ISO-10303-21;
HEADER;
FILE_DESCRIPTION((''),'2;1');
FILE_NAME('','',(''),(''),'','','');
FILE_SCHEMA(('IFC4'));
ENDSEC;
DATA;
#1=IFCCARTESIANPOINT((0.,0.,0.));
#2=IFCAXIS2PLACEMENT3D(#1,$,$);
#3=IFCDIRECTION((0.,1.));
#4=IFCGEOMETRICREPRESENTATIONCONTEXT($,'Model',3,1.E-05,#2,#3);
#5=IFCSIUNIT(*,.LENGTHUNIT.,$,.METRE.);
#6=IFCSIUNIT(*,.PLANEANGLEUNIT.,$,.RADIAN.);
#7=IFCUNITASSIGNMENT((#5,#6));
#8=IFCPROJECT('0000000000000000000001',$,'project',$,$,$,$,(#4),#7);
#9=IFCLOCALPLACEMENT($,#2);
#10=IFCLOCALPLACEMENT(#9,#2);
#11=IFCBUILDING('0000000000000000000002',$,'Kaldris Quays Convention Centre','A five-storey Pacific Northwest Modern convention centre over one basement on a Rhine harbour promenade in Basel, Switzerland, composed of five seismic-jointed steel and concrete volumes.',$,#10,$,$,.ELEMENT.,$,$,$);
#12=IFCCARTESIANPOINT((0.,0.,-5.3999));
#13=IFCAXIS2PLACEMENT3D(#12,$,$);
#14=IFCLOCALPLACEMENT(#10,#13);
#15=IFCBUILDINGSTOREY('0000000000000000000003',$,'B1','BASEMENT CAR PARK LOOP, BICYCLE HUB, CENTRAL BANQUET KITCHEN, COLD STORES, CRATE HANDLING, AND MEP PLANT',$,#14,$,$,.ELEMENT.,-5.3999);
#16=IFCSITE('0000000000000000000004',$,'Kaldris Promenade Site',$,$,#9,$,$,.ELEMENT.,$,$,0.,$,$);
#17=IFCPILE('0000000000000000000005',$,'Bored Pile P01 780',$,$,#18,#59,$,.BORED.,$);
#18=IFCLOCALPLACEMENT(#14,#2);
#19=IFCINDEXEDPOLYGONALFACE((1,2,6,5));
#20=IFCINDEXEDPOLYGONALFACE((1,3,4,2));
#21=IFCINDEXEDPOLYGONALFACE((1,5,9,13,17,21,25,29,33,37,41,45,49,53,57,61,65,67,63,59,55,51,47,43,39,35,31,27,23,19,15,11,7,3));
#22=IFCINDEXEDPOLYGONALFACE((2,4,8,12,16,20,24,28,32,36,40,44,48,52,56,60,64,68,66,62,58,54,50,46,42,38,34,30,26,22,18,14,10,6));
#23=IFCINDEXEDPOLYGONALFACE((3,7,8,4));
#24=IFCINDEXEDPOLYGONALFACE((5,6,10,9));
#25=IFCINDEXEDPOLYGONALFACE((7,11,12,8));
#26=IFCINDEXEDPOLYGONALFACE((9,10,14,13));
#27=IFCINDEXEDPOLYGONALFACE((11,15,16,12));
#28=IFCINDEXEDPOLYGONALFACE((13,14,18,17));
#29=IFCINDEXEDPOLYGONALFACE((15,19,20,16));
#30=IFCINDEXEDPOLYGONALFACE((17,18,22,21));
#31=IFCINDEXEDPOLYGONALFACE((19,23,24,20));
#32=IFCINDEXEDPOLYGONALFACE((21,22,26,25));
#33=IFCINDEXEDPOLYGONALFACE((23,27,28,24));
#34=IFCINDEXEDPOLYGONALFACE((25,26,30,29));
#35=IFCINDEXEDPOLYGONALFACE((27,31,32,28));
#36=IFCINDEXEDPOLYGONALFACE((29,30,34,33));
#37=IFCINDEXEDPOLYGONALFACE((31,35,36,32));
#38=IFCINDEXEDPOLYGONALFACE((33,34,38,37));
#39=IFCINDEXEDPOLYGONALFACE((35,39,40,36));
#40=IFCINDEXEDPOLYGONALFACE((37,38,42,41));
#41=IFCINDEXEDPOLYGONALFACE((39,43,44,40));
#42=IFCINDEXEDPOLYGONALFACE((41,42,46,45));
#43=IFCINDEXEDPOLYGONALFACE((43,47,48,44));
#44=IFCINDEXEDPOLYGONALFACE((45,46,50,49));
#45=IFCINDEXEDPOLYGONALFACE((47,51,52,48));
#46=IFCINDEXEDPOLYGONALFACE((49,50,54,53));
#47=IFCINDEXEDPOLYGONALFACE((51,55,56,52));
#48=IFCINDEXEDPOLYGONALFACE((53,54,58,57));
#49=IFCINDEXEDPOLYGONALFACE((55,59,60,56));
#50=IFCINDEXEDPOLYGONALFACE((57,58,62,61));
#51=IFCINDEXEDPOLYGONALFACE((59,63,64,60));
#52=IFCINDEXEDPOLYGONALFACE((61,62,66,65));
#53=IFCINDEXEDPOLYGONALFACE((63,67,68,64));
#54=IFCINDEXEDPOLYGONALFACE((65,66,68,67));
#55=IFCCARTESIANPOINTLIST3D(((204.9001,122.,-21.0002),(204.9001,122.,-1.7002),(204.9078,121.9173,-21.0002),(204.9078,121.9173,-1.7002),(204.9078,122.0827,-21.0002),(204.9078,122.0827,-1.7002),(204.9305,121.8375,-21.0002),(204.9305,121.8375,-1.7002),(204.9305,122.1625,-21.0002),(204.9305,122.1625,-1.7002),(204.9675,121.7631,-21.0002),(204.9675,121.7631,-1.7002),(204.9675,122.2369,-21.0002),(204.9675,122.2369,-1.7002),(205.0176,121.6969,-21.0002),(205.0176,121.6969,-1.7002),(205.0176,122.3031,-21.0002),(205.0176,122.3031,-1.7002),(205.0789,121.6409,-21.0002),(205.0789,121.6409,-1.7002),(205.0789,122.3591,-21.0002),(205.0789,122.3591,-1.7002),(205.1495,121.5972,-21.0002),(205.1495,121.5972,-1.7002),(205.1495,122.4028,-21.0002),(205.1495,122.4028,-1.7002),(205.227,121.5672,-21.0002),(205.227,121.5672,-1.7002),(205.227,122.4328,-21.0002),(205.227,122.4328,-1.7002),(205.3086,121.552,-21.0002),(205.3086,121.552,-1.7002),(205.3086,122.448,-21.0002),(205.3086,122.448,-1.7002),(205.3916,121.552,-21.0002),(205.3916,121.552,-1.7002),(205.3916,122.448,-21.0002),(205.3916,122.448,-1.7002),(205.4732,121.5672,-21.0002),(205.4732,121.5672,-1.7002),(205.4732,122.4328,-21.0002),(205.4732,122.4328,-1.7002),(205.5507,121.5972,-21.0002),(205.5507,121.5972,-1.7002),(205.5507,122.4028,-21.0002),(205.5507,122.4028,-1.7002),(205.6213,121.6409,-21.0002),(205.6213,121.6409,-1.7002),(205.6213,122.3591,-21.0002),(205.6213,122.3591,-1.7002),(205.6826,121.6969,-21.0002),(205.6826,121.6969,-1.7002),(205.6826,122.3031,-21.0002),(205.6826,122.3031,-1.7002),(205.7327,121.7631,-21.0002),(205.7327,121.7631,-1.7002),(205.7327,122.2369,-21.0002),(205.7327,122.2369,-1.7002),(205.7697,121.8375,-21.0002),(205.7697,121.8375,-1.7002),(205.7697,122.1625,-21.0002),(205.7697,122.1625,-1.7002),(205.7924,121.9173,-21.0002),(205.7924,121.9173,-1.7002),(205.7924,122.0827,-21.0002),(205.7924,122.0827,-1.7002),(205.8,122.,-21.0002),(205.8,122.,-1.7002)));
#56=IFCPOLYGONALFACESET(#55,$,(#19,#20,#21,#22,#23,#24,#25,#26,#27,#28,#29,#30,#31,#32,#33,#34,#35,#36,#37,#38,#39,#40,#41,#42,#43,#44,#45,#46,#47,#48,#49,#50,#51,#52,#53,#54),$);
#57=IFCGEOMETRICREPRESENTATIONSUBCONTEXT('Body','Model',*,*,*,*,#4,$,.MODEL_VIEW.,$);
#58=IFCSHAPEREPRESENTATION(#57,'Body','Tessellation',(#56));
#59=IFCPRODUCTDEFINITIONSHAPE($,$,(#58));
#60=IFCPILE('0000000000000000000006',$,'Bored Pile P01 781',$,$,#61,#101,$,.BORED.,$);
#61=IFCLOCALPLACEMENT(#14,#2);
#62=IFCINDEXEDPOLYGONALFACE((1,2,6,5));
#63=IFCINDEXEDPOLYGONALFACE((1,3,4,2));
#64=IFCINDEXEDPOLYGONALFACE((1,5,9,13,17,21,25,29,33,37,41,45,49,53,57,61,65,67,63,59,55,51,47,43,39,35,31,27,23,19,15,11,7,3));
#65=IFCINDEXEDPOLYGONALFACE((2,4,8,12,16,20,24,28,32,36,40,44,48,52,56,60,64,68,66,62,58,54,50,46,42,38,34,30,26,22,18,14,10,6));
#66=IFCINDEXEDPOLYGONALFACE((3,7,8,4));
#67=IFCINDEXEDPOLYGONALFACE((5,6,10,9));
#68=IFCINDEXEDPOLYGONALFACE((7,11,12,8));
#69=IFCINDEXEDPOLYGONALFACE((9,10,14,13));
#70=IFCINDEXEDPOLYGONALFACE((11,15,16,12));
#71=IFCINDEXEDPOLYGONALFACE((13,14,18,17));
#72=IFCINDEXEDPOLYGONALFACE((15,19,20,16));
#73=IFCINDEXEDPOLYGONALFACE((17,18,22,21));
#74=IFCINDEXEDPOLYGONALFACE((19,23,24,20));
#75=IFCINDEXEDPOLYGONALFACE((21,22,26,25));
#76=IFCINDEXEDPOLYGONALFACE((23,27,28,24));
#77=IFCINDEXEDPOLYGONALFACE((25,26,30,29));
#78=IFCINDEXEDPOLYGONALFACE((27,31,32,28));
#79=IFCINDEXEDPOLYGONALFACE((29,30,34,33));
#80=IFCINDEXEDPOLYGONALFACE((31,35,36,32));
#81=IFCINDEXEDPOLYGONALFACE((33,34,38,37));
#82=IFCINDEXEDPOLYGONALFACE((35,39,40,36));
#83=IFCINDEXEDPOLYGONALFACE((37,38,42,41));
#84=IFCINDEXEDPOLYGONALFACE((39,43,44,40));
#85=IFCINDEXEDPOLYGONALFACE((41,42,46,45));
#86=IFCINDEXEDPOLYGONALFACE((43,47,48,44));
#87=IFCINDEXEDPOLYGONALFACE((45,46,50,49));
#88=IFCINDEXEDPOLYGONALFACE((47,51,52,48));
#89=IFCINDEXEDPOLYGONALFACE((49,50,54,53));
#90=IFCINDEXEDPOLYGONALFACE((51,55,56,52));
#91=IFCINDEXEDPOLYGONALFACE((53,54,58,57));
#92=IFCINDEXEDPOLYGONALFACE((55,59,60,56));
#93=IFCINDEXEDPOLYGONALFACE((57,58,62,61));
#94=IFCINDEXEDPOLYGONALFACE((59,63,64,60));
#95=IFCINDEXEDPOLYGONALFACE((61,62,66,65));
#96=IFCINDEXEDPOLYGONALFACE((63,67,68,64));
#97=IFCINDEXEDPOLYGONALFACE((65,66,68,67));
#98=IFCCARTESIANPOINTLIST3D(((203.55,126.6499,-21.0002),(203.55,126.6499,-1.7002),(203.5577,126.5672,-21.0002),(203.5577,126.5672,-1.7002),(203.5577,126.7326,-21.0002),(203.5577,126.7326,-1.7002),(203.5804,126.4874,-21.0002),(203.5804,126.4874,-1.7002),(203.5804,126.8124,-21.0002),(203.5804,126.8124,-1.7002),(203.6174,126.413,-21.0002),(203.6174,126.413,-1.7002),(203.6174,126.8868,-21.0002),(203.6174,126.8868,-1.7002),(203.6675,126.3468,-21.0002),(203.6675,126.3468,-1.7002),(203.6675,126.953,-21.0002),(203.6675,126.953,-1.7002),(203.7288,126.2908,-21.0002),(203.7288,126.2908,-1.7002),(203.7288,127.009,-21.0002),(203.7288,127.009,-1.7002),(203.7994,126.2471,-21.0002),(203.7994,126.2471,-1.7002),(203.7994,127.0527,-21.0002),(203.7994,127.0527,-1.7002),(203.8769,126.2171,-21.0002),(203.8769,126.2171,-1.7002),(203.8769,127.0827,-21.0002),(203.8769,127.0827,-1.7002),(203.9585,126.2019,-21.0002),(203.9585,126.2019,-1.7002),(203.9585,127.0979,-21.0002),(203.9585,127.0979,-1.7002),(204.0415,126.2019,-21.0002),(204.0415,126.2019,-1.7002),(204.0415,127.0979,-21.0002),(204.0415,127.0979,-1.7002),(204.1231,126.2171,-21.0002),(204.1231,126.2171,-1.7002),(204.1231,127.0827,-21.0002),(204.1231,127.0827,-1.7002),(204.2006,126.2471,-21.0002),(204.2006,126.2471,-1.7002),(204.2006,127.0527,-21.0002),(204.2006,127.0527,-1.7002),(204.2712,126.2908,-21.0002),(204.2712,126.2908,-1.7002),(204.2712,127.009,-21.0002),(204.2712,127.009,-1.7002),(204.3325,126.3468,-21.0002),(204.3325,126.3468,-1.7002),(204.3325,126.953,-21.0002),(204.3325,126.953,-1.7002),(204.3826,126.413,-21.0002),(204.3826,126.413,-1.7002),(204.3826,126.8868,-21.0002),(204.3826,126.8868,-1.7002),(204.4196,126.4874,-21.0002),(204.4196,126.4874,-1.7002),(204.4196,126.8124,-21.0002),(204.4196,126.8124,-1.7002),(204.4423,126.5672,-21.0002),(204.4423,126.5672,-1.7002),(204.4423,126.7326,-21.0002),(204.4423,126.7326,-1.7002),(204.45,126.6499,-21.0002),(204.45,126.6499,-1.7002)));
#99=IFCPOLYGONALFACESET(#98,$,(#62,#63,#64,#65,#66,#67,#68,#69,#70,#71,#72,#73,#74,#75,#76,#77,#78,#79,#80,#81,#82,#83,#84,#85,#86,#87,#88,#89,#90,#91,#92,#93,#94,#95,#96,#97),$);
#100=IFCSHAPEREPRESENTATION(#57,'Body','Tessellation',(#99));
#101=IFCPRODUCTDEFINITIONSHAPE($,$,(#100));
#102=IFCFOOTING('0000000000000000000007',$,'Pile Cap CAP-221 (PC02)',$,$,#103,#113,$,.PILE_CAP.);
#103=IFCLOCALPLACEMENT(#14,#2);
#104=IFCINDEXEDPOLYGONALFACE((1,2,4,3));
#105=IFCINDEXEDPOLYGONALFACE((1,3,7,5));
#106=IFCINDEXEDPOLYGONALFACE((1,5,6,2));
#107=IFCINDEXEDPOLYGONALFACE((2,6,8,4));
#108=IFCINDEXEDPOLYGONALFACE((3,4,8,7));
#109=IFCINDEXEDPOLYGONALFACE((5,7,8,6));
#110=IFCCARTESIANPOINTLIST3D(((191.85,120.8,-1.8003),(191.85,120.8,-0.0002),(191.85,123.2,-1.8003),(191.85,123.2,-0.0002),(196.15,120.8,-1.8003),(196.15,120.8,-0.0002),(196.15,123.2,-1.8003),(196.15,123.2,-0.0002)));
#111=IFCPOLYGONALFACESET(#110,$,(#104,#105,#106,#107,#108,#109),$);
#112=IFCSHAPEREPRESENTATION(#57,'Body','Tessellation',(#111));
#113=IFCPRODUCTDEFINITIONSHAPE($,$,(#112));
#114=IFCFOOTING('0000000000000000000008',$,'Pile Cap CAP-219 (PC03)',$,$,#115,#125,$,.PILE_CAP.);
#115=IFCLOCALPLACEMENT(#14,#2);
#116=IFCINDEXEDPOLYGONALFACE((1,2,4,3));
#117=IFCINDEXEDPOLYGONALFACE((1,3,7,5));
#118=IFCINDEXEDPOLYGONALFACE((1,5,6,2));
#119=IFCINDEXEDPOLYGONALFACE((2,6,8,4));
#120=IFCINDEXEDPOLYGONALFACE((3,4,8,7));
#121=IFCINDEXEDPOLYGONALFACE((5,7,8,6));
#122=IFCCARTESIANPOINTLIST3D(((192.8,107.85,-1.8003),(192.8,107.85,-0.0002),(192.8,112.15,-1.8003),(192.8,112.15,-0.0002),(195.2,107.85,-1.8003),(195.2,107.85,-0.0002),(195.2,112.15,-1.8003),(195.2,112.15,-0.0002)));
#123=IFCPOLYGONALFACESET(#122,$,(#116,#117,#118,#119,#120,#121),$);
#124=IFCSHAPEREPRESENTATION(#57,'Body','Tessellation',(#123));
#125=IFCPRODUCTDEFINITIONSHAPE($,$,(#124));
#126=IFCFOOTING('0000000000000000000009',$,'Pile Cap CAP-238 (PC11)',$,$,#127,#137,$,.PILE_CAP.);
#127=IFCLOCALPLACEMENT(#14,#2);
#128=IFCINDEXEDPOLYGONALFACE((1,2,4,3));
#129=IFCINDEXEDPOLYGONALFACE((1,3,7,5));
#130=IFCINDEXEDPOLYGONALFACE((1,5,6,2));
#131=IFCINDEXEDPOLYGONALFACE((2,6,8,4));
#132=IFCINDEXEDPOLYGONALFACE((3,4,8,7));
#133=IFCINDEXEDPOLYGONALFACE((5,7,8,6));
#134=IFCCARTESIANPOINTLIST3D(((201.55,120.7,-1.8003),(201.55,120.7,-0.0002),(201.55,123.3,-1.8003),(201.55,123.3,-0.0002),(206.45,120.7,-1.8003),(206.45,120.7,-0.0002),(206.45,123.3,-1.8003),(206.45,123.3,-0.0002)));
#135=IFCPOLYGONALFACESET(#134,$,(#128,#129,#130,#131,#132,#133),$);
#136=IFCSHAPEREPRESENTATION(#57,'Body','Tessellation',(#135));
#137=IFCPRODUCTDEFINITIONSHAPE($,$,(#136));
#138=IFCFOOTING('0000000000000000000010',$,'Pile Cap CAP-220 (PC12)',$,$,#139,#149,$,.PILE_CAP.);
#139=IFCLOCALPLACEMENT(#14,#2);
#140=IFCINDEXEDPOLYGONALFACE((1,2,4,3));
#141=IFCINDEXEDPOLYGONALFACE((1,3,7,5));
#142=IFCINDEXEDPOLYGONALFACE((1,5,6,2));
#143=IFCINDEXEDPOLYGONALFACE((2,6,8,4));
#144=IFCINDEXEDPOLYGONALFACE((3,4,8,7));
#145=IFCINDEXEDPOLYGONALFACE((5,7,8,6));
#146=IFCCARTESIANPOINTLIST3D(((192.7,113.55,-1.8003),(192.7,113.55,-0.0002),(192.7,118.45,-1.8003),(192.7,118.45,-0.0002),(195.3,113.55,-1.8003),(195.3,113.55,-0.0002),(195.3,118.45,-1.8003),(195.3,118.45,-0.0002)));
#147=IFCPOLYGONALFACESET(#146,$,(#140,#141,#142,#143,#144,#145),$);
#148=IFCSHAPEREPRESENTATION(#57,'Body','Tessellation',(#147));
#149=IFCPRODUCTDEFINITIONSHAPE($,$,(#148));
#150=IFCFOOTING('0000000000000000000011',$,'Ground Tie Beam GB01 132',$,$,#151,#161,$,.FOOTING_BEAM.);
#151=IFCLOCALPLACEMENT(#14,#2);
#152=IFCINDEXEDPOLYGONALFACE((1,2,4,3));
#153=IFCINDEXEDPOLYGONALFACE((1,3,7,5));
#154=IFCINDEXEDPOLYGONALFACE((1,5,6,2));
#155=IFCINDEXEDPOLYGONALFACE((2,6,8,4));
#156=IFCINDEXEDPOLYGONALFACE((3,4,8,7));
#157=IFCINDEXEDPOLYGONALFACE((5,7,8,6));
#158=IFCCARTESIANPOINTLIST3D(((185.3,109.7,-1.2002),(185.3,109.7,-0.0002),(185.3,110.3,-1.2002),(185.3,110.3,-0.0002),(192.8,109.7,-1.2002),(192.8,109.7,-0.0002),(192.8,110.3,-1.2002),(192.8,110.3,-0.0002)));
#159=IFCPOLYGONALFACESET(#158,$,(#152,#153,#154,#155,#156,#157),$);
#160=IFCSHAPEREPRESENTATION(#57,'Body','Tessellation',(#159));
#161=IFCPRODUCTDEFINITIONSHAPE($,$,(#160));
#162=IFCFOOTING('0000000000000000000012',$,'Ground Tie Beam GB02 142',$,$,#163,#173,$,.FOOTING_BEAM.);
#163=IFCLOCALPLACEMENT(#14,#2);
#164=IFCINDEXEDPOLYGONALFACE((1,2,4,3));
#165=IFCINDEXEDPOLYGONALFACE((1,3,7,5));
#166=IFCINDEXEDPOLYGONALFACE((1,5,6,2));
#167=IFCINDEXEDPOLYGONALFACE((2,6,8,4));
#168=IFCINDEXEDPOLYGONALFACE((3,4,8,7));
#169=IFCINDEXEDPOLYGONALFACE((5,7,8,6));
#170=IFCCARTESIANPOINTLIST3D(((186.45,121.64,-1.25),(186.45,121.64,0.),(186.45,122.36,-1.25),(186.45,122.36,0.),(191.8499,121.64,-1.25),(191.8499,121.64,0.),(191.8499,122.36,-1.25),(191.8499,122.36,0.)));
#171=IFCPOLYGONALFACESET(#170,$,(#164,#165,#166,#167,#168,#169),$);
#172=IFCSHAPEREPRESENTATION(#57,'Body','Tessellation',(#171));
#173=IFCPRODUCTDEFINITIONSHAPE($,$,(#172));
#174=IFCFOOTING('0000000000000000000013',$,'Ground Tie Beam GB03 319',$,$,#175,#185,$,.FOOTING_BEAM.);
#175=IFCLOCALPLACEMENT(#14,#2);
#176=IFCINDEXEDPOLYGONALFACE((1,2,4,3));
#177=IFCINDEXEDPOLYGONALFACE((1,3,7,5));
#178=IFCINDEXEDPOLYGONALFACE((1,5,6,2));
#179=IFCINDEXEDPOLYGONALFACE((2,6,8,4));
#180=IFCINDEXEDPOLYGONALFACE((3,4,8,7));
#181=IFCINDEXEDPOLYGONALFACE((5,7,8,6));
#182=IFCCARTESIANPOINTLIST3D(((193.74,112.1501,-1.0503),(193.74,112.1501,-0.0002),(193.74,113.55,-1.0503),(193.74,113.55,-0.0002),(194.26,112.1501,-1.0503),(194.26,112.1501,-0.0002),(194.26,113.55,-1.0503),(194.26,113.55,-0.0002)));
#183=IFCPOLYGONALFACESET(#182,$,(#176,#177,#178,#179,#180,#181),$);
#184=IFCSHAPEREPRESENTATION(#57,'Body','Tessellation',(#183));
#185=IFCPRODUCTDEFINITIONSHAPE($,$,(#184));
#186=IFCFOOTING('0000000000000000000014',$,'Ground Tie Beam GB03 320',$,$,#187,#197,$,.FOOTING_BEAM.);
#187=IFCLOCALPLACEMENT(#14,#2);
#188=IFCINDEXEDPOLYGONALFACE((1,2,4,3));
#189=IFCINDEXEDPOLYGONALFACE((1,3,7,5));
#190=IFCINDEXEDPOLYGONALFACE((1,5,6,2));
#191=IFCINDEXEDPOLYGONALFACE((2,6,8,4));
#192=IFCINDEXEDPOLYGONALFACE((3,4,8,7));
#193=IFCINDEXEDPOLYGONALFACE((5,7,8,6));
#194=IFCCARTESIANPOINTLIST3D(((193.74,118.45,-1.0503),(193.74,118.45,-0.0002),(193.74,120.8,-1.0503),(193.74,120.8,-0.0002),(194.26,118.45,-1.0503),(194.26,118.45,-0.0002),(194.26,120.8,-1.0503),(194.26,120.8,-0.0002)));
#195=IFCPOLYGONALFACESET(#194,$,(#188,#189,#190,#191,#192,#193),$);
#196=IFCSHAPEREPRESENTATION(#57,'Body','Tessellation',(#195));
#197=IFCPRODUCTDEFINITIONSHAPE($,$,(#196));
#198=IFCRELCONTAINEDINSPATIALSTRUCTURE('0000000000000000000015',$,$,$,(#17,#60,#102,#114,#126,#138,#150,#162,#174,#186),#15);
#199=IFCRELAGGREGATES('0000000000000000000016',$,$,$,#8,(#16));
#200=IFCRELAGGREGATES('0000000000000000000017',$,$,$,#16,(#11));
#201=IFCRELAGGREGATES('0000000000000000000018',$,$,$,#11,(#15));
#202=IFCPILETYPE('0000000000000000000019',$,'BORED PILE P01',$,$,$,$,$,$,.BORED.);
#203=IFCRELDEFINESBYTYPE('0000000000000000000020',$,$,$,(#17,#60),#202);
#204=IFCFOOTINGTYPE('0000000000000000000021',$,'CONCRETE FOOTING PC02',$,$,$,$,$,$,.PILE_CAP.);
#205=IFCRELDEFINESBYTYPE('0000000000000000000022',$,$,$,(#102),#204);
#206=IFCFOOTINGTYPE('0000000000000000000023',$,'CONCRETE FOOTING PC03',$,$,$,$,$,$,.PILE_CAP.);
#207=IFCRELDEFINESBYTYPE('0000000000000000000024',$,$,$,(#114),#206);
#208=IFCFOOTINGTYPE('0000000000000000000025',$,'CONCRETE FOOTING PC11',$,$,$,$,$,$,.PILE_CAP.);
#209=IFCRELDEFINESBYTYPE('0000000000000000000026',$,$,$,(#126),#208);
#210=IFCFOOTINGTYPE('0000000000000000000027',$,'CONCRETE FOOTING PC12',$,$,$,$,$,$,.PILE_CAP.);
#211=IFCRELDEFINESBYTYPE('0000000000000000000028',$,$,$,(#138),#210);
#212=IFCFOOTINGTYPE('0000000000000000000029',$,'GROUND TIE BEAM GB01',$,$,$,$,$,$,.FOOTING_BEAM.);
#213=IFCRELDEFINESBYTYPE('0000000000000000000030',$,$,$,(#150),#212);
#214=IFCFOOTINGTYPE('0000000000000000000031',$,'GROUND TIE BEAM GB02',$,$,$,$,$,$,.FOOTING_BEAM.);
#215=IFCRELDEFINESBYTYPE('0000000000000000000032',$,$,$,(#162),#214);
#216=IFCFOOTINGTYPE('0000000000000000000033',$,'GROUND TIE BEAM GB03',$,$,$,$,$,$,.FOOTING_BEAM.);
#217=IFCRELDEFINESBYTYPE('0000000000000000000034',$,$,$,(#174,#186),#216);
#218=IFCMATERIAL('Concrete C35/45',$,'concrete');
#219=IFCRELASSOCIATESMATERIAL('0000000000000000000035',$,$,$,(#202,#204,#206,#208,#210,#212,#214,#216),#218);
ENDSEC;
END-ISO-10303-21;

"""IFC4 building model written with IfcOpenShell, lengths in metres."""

from ifc_helpers import new_model, si_unit, direction, frame, origin, origin_2d, place, context, subcontext, project, spatial, rectangle, circle, extrude, material, material_profile, profile_set, type_object, element, save


model = new_model("IFC4")

# Units and contexts
model_context = context("Model", 3, precision=1e-05, world=origin(), true_north=direction((0.0, 1.0)))
body_context = subcontext(model_context, "Body", "Model", "MODEL_VIEW")
ifc_project = project(units=[si_unit("LENGTHUNIT", "METRE"), si_unit("PLANEANGLEUNIT", "RADIAN")], contexts=[model_context])

# Site, building, storey
site_placement = place(None, origin())
site = spatial("IfcSite", under=ifc_project, at=site_placement, Name="Kaldris Promenade Site", CompositionType="ELEMENT", RefElevation=0.0)
building_placement = place(site_placement, origin())
building = spatial("IfcBuilding", under=site, at=building_placement, Name="Kaldris Quays Convention Centre", Description="A five-storey Pacific Northwest Modern convention centre over one basement on a Rhine harbour promenade in Basel, Switzerland, composed of five seismic-jointed steel and concrete volumes.", CompositionType="ELEMENT")
storey_placement = place(building_placement, frame((0.0, 0.0, -5.3999)))
storey = spatial("IfcBuildingStorey", under=building, at=storey_placement, Name="B1", Description="BASEMENT CAR PARK LOOP, BICYCLE HUB, CENTRAL BANQUET KITCHEN, COLD STORES, CRATE HANDLING, AND MEP PLANT", CompositionType="ELEMENT", Elevation=-5.3999)

# Piles
ifc_material_1 = material(Name="Concrete C35/45", Category="concrete")
ifc_material_profile_1 = material_profile(ifc_material_1, circle(Radius=0.45, at=origin_2d()), Name="BORED PILE D900")
ifc_profile_set_1 = profile_set([ifc_material_profile_1], Name="Concrete C35/45")
pile_type = type_object("IfcPileType", Name="BORED PILE P01", PredefinedType="BORED", material=ifc_profile_set_1)
for number, where, z_axis, x_axis, name in (
    (1, (205.3501, 122.0, -1.7002), (0.0, 0.0, -1.0), (1.0, 0.0, 0.0), "Bored Pile P01 780"),
    (2, (204.0, 126.6499, -1.7002), (0.0, 0.0, -1.0), (1.0, 0.0, 0.0), "Bored Pile P01 781"),
):
    element("IfcPile", number, at=place(storey_placement, frame(where, z_axis=z_axis, x_axis=x_axis)), inside=storey, type_object=pile_type, Name=name, PredefinedType="BORED", context=body_context, shape_type="SweptSolid", body=[
        extrude(circle(Radius=0.45, at=origin_2d()), origin(), (0.0, 0.0, 1.0), 19.3),
    ])

# Footings
footing_type_1 = type_object("IfcFootingType", Name="CONCRETE FOOTING PC02", PredefinedType="PILE_CAP", material=ifc_material_1)
footing_1_placement = place(storey_placement, frame((194.0, 122.0, -1.8003), z_axis=(0.0, 0.0, 1.0), x_axis=(1.0, 0.0, 0.0)))
element("IfcFooting", 3, at=footing_1_placement, inside=storey, type_object=footing_type_1, Name="Pile Cap CAP-221 (PC02)", PredefinedType="PILE_CAP", context=body_context, shape_type="SweptSolid", body=[
    extrude(rectangle(XDim=4.3, YDim=2.3999, at=origin_2d()), origin(), (0.0, 0.0, 1.0), 1.8),
])
footing_type_2 = type_object("IfcFootingType", Name="CONCRETE FOOTING PC03", PredefinedType="PILE_CAP", material=ifc_material_1)
footing_2_placement = place(storey_placement, frame((194.0, 110.0, -1.8003), z_axis=(0.0, 0.0, 1.0), x_axis=(1.0, 0.0, 0.0)))
element("IfcFooting", 4, at=footing_2_placement, inside=storey, type_object=footing_type_2, Name="Pile Cap CAP-219 (PC03)", PredefinedType="PILE_CAP", context=body_context, shape_type="SweptSolid", body=[
    extrude(rectangle(XDim=2.3999, YDim=4.3, at=origin_2d()), origin(), (0.0, 0.0, 1.0), 1.8),
])
footing_type_3 = type_object("IfcFootingType", Name="CONCRETE FOOTING PC11", PredefinedType="PILE_CAP", material=ifc_material_1)
footing_3_placement = place(storey_placement, frame((204.0, 122.0, -1.8003), z_axis=(0.0, 0.0, 1.0), x_axis=(1.0, 0.0, 0.0)))
element("IfcFooting", 5, at=footing_3_placement, inside=storey, type_object=footing_type_3, Name="Pile Cap CAP-238 (PC11)", PredefinedType="PILE_CAP", context=body_context, shape_type="SweptSolid", body=[
    extrude(rectangle(XDim=4.8999, YDim=2.6001, at=origin_2d()), origin(), (0.0, 0.0, 1.0), 1.8),
])
footing_type_4 = type_object("IfcFootingType", Name="CONCRETE FOOTING PC12", PredefinedType="PILE_CAP", material=ifc_material_1)
footing_4_placement = place(storey_placement, frame((194.0, 116.0, -1.8003), z_axis=(0.0, 0.0, 1.0), x_axis=(1.0, 0.0, 0.0)))
element("IfcFooting", 6, at=footing_4_placement, inside=storey, type_object=footing_type_4, Name="Pile Cap CAP-220 (PC12)", PredefinedType="PILE_CAP", context=body_context, shape_type="SweptSolid", body=[
    extrude(rectangle(XDim=2.6001, YDim=4.8999, at=origin_2d()), origin(), (0.0, 0.0, 1.0), 1.8),
])
footing_type_5 = type_object("IfcFootingType", Name="GROUND TIE BEAM GB01", PredefinedType="FOOTING_BEAM", material=ifc_material_1)
footing_5_placement = place(storey_placement, frame((189.05, 110.0, -1.2002), z_axis=(0.0, 0.0, 1.0), x_axis=(1.0, 0.0, 0.0)))
element("IfcFooting", 7, at=footing_5_placement, inside=storey, type_object=footing_type_5, Name="Ground Tie Beam GB01 132", PredefinedType="FOOTING_BEAM", context=body_context, shape_type="SweptSolid", body=[
    extrude(rectangle(XDim=7.5, YDim=0.6001, at=origin_2d()), origin(), (0.0, 0.0, 1.0), 1.2),
])
footing_type_6 = type_object("IfcFootingType", Name="GROUND TIE BEAM GB02", PredefinedType="FOOTING_BEAM", material=ifc_material_1)
footing_6_placement = place(storey_placement, frame((189.1499, 122.0, -1.25), z_axis=(0.0, 0.0, 1.0), x_axis=(1.0, 0.0, 0.0)))
element("IfcFooting", 8, at=footing_6_placement, inside=storey, type_object=footing_type_6, Name="Ground Tie Beam GB02 142", PredefinedType="FOOTING_BEAM", context=body_context, shape_type="SweptSolid", body=[
    extrude(rectangle(XDim=5.3999, YDim=0.72, at=origin_2d()), origin(), (0.0, 0.0, 1.0), 1.25),
])
footing_type_7 = type_object("IfcFootingType", Name="GROUND TIE BEAM GB03", PredefinedType="FOOTING_BEAM", material=ifc_material_1)
footing_7_placement = place(storey_placement, frame((194.0, 112.8501, -1.0503), z_axis=(0.0, 0.0, 1.0), x_axis=(1.0, 0.0, 0.0)))
element("IfcFooting", 9, at=footing_7_placement, inside=storey, type_object=footing_type_7, Name="Ground Tie Beam GB03 319", PredefinedType="FOOTING_BEAM", context=body_context, shape_type="SweptSolid", body=[
    extrude(rectangle(XDim=0.52, YDim=1.3999, at=origin_2d()), origin(), (0.0, 0.0, 1.0), 1.05),
])
footing_8_placement = place(storey_placement, frame((194.0, 119.625, -1.0503), z_axis=(0.0, 0.0, 1.0), x_axis=(1.0, 0.0, 0.0)))
element("IfcFooting", 10, at=footing_8_placement, inside=storey, type_object=footing_type_7, Name="Ground Tie Beam GB03 320", PredefinedType="FOOTING_BEAM", context=body_context, shape_type="SweptSolid", body=[
    extrude(rectangle(XDim=0.52, YDim=2.3501, at=origin_2d()), origin(), (0.0, 0.0, 1.0), 1.05),
])

save(model, "model.ifc")
